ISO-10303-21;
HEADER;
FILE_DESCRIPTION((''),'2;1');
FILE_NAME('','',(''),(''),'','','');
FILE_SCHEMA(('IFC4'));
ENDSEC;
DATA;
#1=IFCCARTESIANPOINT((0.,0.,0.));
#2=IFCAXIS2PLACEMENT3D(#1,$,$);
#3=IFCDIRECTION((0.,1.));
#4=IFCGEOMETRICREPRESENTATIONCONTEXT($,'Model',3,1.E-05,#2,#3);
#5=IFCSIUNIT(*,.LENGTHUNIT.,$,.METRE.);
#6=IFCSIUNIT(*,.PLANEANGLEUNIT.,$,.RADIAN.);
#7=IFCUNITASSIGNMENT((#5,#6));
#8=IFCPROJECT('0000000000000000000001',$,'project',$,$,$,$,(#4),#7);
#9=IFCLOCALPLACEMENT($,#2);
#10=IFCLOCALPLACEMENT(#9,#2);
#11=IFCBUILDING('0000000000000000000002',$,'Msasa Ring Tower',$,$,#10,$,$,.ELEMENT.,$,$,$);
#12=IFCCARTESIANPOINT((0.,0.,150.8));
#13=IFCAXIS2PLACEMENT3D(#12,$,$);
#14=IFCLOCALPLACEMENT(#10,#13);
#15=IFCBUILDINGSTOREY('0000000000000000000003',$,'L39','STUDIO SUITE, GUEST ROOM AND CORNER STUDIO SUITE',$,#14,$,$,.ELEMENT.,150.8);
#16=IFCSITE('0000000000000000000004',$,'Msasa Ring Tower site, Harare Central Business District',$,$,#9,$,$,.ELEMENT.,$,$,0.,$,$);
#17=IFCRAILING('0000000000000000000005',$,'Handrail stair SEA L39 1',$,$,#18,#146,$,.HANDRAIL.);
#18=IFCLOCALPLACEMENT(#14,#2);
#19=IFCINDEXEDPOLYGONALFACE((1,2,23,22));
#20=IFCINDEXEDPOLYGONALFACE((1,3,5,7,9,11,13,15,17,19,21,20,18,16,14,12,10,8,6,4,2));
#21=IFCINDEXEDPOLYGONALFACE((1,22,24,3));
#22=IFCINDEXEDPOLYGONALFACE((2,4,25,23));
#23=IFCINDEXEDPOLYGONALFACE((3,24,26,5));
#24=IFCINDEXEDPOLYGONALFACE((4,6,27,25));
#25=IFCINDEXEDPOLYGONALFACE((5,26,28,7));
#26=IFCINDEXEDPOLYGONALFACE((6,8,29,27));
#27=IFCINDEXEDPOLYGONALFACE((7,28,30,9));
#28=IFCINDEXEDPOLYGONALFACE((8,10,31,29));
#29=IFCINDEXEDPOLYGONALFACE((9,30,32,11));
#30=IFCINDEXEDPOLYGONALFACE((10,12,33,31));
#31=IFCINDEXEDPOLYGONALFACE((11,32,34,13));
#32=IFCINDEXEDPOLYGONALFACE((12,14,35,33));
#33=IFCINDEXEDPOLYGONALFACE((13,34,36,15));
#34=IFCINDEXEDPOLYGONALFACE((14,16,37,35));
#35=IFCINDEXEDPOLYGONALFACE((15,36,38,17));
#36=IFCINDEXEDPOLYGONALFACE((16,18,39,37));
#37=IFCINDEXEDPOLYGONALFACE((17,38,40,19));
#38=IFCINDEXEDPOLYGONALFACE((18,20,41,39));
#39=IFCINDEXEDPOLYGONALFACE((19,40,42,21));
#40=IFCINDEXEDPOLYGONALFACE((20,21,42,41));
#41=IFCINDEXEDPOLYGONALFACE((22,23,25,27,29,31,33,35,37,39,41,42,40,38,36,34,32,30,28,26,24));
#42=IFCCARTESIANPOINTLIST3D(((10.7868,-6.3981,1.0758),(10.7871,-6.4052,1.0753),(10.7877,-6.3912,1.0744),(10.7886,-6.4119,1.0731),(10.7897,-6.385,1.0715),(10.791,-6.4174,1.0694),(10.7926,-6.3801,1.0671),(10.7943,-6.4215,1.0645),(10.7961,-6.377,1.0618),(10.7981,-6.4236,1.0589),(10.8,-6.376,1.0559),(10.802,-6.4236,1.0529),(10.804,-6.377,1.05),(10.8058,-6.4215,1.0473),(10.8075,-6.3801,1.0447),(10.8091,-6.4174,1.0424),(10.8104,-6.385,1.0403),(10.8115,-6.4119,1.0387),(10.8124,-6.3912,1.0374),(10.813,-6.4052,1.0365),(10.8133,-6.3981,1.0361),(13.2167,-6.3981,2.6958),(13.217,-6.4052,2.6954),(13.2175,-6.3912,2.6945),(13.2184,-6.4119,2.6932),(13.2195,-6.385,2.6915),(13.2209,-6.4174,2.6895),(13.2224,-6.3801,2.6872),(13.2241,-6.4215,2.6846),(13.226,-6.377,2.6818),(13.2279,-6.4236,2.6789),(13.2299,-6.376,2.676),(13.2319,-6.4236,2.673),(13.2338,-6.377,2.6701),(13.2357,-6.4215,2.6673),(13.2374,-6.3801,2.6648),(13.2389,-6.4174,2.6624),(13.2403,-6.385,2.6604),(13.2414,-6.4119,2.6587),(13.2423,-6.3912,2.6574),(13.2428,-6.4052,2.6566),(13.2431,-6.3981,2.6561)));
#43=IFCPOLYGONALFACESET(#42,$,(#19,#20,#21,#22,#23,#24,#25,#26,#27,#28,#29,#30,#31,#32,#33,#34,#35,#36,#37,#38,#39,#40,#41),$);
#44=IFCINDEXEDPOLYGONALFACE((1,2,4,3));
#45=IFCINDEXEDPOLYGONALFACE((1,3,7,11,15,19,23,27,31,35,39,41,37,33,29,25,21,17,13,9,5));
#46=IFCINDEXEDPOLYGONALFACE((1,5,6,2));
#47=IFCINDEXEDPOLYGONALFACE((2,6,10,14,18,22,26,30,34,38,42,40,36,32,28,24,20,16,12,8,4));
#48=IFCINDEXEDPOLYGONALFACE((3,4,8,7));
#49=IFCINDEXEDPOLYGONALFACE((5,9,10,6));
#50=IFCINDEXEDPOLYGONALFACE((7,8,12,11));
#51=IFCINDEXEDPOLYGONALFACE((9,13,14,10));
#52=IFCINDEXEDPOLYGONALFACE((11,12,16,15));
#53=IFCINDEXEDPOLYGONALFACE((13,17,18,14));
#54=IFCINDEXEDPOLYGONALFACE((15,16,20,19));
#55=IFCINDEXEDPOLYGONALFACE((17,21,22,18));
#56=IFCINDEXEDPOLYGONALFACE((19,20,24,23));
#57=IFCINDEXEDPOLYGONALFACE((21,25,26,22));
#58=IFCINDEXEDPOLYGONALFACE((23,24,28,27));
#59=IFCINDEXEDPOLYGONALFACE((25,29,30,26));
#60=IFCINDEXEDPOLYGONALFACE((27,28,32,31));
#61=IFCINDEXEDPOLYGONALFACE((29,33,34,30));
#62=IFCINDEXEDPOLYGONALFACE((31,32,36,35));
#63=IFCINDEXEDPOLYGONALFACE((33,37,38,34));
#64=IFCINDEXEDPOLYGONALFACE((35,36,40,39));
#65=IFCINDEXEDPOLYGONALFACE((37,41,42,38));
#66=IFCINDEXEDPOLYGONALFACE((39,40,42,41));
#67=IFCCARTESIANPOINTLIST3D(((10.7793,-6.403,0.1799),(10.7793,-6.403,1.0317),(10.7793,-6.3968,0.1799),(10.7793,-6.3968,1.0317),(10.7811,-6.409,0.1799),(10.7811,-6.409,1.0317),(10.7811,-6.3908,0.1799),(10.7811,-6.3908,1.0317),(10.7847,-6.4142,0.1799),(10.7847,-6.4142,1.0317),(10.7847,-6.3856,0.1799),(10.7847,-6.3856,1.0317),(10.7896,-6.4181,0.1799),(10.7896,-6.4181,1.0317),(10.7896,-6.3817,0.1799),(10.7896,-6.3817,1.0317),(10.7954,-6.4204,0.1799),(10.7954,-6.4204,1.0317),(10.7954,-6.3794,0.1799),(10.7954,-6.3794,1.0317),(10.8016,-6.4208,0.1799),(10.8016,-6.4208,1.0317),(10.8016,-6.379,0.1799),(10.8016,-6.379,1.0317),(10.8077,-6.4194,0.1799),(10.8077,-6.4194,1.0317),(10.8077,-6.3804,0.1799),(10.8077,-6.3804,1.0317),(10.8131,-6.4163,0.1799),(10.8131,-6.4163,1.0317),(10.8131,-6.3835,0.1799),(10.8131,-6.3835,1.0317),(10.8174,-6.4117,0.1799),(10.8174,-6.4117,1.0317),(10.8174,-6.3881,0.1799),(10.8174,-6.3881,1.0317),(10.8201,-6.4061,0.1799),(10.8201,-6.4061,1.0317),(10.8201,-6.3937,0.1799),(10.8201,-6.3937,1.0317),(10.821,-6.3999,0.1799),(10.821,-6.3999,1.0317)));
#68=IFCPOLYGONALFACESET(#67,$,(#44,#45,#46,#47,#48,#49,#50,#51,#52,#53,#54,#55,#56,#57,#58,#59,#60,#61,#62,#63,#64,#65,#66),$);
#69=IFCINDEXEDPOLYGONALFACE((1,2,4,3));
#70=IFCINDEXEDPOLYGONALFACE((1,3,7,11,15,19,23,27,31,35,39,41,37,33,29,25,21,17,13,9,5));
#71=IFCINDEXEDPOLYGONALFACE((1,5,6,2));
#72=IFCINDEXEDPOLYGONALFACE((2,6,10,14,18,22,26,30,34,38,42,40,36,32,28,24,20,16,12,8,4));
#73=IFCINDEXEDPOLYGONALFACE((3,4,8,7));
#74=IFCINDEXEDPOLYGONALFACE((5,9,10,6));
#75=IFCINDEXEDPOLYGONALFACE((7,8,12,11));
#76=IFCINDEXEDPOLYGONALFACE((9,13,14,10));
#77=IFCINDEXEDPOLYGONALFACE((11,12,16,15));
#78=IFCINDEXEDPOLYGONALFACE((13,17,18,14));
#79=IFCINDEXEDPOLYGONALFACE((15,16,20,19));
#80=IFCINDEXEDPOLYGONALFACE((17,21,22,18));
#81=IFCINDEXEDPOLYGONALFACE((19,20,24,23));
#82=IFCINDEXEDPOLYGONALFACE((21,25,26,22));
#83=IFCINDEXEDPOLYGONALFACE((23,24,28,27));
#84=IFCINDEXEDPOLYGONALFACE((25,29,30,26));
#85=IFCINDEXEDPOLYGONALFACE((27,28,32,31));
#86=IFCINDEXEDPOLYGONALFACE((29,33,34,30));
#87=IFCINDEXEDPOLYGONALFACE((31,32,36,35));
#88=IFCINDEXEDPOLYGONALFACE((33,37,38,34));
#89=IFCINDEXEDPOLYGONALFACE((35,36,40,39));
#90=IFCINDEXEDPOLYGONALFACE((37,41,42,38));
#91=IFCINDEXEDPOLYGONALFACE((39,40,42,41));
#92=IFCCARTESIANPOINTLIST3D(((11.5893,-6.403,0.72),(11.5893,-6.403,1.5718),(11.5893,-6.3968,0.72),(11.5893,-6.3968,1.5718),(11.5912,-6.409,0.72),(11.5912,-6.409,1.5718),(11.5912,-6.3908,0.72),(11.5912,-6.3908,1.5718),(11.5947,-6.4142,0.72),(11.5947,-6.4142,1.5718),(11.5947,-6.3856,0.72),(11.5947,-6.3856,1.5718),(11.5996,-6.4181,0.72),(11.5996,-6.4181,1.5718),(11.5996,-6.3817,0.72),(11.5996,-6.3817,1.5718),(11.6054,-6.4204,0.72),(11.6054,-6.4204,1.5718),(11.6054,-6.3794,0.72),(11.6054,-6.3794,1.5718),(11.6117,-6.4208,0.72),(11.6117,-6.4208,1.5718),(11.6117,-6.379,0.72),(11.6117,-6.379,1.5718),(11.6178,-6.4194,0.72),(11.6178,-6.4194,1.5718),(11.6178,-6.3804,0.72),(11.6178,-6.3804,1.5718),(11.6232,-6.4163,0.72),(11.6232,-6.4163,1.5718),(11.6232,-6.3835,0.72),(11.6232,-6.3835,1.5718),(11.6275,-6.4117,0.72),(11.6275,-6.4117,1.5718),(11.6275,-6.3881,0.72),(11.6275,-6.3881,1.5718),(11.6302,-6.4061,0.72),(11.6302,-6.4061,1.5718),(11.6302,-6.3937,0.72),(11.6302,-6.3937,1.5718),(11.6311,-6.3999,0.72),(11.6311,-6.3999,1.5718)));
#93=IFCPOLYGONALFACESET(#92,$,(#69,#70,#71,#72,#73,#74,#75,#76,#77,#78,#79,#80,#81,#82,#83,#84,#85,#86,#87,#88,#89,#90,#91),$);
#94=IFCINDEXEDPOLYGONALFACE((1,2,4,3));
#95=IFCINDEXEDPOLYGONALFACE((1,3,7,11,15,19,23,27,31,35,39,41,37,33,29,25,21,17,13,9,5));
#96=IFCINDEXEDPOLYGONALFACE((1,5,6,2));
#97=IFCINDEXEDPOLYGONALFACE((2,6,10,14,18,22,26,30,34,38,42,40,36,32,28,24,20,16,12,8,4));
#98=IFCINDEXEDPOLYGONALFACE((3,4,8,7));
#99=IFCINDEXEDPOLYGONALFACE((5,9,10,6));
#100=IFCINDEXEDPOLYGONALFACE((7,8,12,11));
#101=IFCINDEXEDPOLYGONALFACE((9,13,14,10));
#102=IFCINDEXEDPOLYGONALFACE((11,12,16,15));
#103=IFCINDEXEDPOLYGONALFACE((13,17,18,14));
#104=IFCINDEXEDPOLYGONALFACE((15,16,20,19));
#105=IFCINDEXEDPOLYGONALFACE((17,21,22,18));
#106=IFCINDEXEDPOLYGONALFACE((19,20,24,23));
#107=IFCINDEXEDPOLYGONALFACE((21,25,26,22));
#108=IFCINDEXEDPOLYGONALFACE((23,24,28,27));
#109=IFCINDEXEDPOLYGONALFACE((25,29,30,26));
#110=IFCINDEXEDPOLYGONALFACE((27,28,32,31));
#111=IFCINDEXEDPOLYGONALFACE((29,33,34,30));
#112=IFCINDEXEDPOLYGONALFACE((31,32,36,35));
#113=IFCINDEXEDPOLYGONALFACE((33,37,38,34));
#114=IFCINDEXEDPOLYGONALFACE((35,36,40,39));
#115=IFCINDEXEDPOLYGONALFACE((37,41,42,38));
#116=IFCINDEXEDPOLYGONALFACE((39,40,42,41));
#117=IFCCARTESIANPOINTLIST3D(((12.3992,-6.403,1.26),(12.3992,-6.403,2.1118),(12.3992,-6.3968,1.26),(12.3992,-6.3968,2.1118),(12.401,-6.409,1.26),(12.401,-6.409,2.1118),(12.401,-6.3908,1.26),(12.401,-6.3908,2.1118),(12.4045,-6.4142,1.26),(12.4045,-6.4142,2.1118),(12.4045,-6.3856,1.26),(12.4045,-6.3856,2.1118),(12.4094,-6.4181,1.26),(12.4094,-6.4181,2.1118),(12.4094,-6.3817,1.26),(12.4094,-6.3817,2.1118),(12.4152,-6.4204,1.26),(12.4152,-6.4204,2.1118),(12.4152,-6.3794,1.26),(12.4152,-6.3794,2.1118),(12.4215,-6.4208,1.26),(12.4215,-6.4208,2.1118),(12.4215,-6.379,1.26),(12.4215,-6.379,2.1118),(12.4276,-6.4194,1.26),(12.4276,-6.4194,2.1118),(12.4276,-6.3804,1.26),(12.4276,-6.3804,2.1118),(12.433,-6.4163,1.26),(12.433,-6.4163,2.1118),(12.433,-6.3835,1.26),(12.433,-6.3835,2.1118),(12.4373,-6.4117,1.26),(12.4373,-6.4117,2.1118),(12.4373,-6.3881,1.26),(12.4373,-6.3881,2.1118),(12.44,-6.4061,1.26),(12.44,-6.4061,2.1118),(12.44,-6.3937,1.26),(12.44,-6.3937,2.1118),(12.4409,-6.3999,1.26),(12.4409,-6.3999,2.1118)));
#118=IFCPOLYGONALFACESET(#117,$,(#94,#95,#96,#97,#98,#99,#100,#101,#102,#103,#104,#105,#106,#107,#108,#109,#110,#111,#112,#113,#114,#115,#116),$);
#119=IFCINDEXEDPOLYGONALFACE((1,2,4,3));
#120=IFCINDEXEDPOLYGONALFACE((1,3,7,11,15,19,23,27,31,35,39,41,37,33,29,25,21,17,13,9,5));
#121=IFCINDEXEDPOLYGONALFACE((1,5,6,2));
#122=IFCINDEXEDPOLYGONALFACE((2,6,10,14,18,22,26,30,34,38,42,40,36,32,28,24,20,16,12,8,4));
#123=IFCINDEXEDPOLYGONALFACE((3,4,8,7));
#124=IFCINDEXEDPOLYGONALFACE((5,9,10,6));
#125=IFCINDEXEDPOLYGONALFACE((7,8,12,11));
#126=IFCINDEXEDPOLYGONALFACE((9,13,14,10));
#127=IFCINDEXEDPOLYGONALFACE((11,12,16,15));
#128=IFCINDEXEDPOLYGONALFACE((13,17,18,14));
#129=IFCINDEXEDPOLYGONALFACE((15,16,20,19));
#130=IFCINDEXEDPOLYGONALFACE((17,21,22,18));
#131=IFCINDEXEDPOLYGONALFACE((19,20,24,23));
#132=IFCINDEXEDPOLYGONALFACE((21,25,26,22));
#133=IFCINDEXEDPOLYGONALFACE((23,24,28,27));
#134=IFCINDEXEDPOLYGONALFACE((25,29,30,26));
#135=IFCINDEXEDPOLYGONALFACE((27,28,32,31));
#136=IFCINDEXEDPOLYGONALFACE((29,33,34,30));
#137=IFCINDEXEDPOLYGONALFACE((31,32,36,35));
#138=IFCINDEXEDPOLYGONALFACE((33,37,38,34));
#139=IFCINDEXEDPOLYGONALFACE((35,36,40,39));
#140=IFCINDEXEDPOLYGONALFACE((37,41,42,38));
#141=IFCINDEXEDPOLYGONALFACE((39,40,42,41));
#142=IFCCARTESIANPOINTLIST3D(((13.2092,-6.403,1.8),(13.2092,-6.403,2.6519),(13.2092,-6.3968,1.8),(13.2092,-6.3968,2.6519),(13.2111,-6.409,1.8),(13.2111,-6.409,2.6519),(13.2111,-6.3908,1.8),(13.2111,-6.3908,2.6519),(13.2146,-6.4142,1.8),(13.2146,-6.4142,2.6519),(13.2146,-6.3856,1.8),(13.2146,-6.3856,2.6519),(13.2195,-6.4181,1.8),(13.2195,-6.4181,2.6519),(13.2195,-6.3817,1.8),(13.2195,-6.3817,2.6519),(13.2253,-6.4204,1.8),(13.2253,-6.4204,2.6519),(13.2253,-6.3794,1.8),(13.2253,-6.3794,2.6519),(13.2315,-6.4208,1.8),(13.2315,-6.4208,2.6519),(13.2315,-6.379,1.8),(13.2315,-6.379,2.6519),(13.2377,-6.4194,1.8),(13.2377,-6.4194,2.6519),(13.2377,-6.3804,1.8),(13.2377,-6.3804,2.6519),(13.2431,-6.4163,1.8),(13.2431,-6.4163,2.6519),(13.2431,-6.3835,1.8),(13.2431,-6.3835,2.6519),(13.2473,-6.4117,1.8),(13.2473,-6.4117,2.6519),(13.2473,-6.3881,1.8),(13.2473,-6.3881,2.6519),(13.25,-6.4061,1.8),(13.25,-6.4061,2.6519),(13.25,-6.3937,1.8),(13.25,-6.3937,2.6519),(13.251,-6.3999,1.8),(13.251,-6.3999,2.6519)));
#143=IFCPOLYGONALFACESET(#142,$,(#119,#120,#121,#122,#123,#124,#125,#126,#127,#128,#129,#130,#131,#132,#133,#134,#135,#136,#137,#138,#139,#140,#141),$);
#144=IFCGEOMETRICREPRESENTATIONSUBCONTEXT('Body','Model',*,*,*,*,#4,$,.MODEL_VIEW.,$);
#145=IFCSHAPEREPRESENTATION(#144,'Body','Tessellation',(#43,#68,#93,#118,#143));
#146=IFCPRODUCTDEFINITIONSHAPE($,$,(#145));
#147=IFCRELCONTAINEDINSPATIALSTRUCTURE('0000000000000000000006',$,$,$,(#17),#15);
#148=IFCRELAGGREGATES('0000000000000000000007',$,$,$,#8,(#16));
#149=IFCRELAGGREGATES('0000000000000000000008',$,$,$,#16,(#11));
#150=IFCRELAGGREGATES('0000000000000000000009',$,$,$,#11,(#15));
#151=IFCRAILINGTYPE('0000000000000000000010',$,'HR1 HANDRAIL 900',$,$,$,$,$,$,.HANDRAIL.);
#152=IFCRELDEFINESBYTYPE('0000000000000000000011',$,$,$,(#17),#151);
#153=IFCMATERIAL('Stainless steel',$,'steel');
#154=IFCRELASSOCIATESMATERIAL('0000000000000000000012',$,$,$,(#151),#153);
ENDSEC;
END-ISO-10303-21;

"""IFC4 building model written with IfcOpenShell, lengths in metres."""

from ifc_helpers import new_model, si_unit, direction, frame, origin, origin_2d, place, context, subcontext, project, spatial, circle, extrude, material, type_object, element, save


model = new_model("IFC4")

# Units and contexts
model_context = context("Model", 3, precision=1e-05, world=origin(), true_north=direction((0.0, 1.0)))
body_context = subcontext(model_context, "Body", "Model", "MODEL_VIEW")
ifc_project = project(units=[si_unit("LENGTHUNIT", "METRE"), si_unit("PLANEANGLEUNIT", "RADIAN")], contexts=[model_context])

# Site, building, storey
site_placement = place(None, origin())
site = spatial("IfcSite", under=ifc_project, at=site_placement, Name="Msasa Ring Tower site, Harare Central Business District", CompositionType="ELEMENT", RefElevation=0.0)
building_placement = place(site_placement, origin())
building = spatial("IfcBuilding", under=site, at=building_placement, Name="Msasa Ring Tower", CompositionType="ELEMENT")
storey_placement = place(building_placement, frame((0.0, 0.0, 150.8)))
storey = spatial("IfcBuildingStorey", under=building, at=storey_placement, Name="L39", Description="STUDIO SUITE, GUEST ROOM AND CORNER STUDIO SUITE", CompositionType="ELEMENT", Elevation=150.8)

# Railing
ifc_material_1 = material(Name="Stainless steel", Category="steel")
railing_type = type_object("IfcRailingType", Name="HR1 HANDRAIL 900", PredefinedType="HANDRAIL", material=ifc_material_1)
for number, where, name in (
    (1, (10.8, -6.3999, 0.1799), "Handrail stair SEA L39 1"),
):
    element("IfcRailing", number, at=place(storey_placement, frame(where)), inside=storey, type_object=railing_type, Name=name, PredefinedType="HANDRAIL", context=body_context, shape_type="SweptSolid", body=[
        extrude(circle(Radius=0.0239, at=origin_2d()), frame((0.0, 0.0, 0.876), z_axis=(0.832025, 0.0, 0.554739), x_axis=(0.0, 1.0, 0.0)), (0.0, 0.0, 1.0), 2.9204),
        extrude(circle(Radius=0.021, at=origin_2d()), origin(), (0.0, 0.0, 1.0), 0.8518),
        extrude(circle(Radius=0.021, at=origin_2d()), frame((0.8101, 0.0, 0.54)), (0.0, 0.0, 1.0), 0.8518),
        extrude(circle(Radius=0.021, at=origin_2d()), frame((1.6199, 0.0, 1.0801)), (0.0, 0.0, 1.0), 0.8518),
        extrude(circle(Radius=0.021, at=origin_2d()), frame((2.4299, 0.0, 1.6201)), (0.0, 0.0, 1.0), 0.8518),
    ])

save(model, "model.ifc")
